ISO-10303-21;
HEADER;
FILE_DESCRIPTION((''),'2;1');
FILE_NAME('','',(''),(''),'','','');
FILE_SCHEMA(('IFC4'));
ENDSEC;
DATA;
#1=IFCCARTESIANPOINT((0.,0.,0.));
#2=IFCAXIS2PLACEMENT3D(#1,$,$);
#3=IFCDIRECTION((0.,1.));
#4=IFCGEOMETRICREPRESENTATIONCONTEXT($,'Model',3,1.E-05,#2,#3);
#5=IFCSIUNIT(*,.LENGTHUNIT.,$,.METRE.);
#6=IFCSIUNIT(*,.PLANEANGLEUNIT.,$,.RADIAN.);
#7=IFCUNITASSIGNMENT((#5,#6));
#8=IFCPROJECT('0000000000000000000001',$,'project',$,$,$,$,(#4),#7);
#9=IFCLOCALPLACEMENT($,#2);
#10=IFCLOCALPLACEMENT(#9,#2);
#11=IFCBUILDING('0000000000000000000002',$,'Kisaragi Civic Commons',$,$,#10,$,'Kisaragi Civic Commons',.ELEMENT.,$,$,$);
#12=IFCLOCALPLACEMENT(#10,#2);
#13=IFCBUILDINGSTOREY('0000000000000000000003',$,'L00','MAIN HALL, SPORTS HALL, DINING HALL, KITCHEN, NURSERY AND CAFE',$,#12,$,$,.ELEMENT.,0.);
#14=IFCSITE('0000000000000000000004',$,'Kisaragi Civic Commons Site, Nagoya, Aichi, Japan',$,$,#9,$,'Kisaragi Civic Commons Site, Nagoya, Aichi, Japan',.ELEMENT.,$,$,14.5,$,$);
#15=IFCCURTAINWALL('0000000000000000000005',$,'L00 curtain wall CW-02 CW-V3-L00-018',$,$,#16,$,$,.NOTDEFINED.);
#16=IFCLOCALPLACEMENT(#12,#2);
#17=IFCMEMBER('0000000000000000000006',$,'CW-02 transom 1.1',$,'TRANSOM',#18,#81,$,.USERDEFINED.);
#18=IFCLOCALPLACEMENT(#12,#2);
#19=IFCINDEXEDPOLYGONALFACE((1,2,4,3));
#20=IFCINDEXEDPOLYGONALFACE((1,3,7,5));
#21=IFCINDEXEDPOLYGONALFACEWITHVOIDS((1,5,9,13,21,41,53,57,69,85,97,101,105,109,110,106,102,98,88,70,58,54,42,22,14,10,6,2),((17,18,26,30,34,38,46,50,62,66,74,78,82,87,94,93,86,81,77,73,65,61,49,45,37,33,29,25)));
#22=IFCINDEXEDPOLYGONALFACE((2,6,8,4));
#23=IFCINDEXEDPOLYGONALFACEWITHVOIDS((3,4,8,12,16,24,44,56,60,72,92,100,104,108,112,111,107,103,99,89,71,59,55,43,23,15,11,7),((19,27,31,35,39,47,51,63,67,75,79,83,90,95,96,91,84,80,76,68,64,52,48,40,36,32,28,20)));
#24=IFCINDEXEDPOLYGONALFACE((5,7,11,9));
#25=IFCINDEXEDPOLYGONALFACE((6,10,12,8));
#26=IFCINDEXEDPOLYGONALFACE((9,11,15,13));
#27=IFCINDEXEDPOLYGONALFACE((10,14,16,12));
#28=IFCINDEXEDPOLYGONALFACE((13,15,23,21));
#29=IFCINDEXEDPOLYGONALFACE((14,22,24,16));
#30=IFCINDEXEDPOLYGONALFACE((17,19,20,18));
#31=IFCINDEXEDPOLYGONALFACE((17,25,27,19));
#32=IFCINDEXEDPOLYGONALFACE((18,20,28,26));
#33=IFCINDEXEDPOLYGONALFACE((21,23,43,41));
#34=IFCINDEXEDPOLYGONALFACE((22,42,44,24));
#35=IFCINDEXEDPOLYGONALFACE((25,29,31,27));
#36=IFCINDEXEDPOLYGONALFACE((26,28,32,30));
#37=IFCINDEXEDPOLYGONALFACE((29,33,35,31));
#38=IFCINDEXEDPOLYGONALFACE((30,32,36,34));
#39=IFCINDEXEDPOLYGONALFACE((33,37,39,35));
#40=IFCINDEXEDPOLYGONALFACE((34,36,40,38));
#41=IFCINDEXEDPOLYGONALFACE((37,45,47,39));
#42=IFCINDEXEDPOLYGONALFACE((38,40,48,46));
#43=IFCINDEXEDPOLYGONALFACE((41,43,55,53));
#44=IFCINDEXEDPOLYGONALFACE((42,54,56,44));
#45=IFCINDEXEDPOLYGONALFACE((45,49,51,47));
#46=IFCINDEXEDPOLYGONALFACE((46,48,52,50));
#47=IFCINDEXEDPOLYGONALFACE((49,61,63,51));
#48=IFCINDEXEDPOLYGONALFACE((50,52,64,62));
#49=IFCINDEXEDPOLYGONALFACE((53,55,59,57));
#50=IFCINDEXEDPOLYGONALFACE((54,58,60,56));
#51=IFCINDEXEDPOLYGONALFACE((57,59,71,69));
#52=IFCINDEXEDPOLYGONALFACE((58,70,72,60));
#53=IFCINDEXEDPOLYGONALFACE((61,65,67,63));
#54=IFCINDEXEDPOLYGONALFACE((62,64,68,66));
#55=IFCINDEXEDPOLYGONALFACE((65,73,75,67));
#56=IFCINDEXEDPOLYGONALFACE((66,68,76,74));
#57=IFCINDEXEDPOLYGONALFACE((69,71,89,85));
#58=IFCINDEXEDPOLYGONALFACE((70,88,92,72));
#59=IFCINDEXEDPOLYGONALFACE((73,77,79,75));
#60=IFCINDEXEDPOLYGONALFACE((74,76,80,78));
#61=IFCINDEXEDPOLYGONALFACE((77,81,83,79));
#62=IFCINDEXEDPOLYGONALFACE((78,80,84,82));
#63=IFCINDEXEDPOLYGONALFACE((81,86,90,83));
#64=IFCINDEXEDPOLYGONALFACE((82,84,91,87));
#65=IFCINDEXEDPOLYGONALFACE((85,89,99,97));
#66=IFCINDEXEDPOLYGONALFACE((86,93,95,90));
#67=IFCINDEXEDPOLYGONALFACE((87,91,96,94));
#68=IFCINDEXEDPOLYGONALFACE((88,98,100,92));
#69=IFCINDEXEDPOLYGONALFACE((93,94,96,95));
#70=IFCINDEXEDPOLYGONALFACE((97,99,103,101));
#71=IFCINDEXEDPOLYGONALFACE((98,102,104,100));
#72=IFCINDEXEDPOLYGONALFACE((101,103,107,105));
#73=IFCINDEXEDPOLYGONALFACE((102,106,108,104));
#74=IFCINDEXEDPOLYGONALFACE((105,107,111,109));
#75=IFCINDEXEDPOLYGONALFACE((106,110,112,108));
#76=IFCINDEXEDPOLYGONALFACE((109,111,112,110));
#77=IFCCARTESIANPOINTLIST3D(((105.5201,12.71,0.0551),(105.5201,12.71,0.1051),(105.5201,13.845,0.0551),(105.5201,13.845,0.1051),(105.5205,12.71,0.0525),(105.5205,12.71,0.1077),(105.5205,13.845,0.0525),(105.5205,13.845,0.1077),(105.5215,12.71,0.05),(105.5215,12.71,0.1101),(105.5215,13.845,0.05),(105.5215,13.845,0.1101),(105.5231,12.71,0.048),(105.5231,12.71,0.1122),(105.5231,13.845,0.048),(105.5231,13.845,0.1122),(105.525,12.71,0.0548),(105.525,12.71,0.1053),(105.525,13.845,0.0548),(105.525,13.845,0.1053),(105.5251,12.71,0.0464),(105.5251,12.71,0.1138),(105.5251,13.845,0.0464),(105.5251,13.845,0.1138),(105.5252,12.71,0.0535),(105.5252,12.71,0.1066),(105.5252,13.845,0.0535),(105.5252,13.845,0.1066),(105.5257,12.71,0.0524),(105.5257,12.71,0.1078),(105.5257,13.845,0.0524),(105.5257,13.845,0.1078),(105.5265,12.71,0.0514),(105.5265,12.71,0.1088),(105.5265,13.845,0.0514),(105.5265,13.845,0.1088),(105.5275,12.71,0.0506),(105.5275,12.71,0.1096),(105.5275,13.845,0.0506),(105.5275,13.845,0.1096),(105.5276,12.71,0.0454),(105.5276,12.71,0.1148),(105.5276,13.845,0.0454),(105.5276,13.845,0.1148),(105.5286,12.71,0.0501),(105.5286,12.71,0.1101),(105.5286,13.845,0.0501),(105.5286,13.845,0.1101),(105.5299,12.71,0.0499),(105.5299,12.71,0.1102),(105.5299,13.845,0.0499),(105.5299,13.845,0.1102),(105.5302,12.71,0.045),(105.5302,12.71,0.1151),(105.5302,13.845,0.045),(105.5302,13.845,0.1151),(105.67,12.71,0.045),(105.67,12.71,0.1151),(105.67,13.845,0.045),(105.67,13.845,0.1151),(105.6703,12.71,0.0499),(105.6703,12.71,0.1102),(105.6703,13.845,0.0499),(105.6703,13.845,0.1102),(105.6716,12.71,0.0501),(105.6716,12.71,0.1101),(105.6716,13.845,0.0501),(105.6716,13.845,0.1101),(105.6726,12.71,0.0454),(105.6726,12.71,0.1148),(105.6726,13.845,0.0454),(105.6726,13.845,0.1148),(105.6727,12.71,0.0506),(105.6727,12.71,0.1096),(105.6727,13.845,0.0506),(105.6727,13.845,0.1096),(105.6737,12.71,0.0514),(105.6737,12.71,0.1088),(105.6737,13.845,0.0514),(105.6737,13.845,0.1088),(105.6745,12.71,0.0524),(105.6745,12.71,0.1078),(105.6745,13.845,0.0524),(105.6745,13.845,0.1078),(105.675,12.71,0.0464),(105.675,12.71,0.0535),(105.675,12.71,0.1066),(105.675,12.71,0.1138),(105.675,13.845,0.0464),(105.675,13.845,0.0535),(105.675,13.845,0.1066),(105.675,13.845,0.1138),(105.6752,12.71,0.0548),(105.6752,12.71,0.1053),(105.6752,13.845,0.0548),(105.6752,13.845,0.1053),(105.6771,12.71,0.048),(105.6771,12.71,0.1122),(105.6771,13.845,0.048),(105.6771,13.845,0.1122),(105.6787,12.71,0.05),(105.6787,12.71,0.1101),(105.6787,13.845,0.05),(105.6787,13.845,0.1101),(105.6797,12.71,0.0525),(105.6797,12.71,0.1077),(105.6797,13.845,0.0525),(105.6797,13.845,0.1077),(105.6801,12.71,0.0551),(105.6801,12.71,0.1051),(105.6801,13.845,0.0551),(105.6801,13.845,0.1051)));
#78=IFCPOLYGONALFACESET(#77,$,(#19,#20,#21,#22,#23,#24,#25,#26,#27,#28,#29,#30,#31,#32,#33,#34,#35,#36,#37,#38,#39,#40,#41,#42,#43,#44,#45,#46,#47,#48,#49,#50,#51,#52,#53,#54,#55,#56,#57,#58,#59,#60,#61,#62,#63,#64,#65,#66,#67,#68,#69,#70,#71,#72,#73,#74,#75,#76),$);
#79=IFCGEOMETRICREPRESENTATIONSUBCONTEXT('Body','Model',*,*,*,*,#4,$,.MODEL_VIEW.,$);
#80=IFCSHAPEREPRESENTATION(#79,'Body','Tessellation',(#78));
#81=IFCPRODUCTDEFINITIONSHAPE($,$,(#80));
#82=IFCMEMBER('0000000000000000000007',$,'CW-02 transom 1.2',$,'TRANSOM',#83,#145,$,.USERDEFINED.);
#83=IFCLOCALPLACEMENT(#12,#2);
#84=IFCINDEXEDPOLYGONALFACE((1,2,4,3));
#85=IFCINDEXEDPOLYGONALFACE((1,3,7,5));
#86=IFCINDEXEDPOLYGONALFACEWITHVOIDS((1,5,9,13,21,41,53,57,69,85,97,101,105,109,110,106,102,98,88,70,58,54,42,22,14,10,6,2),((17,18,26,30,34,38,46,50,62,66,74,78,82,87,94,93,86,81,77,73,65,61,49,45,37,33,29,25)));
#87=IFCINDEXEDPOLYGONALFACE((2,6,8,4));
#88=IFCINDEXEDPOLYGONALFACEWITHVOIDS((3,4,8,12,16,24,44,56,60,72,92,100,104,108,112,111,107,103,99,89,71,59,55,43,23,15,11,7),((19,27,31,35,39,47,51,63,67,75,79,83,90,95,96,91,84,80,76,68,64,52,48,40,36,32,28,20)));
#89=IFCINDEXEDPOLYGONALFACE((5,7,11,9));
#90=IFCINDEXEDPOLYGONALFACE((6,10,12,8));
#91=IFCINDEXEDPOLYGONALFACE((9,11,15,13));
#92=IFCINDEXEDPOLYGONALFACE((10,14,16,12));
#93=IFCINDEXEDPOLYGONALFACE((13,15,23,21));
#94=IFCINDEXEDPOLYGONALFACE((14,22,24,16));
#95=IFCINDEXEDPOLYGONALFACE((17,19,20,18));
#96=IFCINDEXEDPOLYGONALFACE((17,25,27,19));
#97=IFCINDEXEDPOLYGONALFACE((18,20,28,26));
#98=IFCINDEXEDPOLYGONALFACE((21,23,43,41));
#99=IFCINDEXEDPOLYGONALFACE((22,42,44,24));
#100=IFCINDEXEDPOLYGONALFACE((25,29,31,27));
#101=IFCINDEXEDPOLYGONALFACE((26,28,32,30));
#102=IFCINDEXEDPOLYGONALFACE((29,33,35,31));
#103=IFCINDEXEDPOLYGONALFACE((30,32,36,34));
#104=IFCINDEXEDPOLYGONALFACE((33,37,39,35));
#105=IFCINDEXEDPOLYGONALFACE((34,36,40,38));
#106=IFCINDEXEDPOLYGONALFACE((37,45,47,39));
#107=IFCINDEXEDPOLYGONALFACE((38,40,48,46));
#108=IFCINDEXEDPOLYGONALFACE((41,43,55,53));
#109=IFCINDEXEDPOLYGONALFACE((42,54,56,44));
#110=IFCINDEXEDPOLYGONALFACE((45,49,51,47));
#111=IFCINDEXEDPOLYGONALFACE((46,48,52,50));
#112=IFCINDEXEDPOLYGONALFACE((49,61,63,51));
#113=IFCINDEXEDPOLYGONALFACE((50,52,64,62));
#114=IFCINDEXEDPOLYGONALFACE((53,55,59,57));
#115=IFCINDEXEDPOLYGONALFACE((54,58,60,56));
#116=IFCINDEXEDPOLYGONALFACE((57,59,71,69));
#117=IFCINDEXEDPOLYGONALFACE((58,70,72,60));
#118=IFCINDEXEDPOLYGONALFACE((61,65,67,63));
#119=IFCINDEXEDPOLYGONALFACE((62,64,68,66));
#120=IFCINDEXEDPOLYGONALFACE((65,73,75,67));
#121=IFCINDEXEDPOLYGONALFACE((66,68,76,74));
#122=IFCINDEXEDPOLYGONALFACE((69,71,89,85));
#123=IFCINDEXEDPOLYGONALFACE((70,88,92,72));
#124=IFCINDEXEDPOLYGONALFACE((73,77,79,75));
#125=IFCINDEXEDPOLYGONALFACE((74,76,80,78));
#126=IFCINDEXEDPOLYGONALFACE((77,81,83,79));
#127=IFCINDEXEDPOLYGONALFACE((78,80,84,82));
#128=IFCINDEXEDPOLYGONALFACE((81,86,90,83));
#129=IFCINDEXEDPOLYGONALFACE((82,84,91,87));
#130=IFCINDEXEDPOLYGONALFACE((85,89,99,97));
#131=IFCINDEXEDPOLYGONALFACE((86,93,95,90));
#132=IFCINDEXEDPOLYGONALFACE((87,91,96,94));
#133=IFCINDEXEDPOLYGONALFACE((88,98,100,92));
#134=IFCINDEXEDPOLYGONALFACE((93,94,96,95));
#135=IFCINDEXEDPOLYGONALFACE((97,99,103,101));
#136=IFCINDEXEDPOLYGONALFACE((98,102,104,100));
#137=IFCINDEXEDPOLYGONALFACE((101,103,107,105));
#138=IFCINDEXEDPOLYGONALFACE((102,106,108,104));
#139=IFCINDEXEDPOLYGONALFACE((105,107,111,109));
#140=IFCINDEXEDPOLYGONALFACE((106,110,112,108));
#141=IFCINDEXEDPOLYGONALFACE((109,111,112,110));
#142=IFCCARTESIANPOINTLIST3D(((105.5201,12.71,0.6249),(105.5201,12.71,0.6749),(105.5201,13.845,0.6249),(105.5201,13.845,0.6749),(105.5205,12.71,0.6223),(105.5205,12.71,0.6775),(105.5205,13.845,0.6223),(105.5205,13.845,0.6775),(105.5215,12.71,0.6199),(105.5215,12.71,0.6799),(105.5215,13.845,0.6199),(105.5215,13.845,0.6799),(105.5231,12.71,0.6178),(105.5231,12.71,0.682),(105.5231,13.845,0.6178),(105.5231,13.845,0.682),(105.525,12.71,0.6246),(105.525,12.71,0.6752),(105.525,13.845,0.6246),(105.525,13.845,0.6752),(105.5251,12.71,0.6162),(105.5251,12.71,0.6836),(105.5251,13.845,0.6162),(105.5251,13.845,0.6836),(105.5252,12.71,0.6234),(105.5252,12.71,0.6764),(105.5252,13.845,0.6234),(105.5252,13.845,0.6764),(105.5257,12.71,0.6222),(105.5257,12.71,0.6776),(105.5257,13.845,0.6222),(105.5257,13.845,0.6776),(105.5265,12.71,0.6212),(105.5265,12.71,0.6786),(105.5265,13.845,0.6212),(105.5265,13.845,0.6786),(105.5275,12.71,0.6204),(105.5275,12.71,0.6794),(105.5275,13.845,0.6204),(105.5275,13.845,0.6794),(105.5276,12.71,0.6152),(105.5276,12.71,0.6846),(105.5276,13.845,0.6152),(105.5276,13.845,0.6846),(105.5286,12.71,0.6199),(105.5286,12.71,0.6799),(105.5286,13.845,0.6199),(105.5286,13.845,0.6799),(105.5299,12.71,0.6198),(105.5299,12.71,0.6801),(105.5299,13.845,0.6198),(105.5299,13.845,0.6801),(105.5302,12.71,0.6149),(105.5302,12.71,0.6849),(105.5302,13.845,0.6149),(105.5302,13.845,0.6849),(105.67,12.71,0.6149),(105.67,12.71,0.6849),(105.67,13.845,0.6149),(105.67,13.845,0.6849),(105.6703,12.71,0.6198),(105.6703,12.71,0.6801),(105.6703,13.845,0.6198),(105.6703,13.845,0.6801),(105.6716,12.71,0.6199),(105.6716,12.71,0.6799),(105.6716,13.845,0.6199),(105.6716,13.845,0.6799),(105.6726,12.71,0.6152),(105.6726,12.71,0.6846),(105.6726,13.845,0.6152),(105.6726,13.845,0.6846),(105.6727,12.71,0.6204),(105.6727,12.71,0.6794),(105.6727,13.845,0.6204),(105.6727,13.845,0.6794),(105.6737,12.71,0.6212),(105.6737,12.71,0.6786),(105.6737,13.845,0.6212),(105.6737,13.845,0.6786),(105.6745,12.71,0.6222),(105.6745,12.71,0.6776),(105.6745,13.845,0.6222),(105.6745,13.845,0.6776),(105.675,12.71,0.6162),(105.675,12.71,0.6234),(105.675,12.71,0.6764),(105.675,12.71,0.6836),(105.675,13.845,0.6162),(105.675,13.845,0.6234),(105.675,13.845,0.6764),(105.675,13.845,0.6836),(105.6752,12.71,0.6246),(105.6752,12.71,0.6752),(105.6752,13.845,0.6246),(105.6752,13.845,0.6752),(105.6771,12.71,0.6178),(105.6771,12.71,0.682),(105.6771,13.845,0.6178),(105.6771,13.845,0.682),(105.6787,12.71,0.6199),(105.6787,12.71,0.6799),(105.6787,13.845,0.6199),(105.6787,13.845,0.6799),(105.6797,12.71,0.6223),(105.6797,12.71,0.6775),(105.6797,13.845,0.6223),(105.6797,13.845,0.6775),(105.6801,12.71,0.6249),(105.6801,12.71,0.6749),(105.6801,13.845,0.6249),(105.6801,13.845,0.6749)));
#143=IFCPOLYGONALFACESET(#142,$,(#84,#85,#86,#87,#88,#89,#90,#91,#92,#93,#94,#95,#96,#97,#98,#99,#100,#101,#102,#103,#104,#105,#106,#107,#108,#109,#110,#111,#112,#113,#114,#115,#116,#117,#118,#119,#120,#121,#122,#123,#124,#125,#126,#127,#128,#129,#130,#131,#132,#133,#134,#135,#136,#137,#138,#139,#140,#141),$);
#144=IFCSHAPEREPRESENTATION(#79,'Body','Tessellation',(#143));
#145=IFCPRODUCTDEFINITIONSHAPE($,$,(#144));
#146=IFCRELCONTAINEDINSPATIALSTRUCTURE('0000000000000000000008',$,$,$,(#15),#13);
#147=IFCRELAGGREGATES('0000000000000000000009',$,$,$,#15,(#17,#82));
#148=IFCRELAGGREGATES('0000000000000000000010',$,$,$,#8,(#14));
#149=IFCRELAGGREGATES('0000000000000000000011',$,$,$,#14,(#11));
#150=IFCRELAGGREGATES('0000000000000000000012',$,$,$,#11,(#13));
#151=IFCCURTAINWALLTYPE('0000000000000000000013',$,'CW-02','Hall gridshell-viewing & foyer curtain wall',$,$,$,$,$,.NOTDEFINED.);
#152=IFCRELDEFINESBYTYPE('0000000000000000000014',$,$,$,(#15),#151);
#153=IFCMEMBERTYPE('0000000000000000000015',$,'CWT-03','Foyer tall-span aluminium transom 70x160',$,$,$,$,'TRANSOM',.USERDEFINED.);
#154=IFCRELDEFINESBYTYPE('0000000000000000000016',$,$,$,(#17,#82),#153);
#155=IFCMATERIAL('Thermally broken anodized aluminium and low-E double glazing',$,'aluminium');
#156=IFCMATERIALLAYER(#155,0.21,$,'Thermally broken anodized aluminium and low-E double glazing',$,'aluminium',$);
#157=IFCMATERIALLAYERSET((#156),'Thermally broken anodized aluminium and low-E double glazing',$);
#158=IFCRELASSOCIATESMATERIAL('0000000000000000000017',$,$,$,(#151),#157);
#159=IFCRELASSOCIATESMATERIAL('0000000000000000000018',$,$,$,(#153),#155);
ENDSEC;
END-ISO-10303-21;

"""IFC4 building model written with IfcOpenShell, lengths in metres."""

from ifc_helpers import new_model, si_unit, direction, frame, origin, origin_2d, place, context, subcontext, project, spatial, hollow_rectangle, extrude, material, layer, layer_set, material_profile, profile_set, type_object, element, aggregate, save


model = new_model("IFC4")

# Units and contexts
model_context = context("Model", 3, precision=1e-05, world=origin(), true_north=direction((0.0, 1.0)))
body_context = subcontext(model_context, "Body", "Model", "MODEL_VIEW")
ifc_project = project(units=[si_unit("LENGTHUNIT", "METRE"), si_unit("PLANEANGLEUNIT", "RADIAN")], contexts=[model_context])

# Site, building, storey
site_placement = place(None, origin())
site = spatial("IfcSite", under=ifc_project, at=site_placement, Name="Kisaragi Civic Commons Site, Nagoya, Aichi, Japan", LongName="Kisaragi Civic Commons Site, Nagoya, Aichi, Japan", CompositionType="ELEMENT", RefElevation=14.5)
building_placement = place(site_placement, origin())
building = spatial("IfcBuilding", under=site, at=building_placement, Name="Kisaragi Civic Commons", LongName="Kisaragi Civic Commons", CompositionType="ELEMENT")
storey_placement = place(building_placement, origin())
storey = spatial("IfcBuildingStorey", under=building, at=storey_placement, Name="L00", Description="MAIN HALL, SPORTS HALL, DINING HALL, KITCHEN, NURSERY AND CAFE", CompositionType="ELEMENT", Elevation=0.0)

# Shared definitions
ifc_material_1 = material(Name="Thermally broken anodized aluminium and low-E double glazing", Category="aluminium")
ifc_layer_1 = layer(ifc_material_1, 0.21, Name="Thermally broken anodized aluminium and low-E double glazing", Category="aluminium")
ifc_layer_set_1 = layer_set([ifc_layer_1], Name="Thermally broken anodized aluminium and low-E double glazing")
curtain_wall_type = type_object("IfcCurtainWallType", Name="CW-02", Description="Hall gridshell-viewing & foyer curtain wall", PredefinedType="NOTDEFINED", material=ifc_layer_set_1)

# Curtain wall
curtain_wall_1_placement = place(storey_placement, origin())
curtain_wall_1 = element("IfcCurtainWall", 1, at=curtain_wall_1_placement, inside=storey, type_object=curtain_wall_type, Name="L00 curtain wall CW-02 CW-V3-L00-018", PredefinedType="NOTDEFINED")

# Members
ifc_material_profile_1 = material_profile(ifc_material_1, hollow_rectangle(XDim=0.1599, YDim=0.0701, WallThickness=0.0049, InnerFilletRadius=0.0049, OuterFilletRadius=0.01, at=origin_2d()), Name="CWT-70x160x5", Category="aluminium")
ifc_profile_set_1 = profile_set([ifc_material_profile_1], Name="Thermally broken anodized aluminium and low-E double glazing")
member_type_1 = type_object("IfcMemberType", Name="CWT-03", Description="Foyer tall-span aluminium transom 70x160", ElementType="TRANSOM", PredefinedType="USERDEFINED", material=ifc_profile_set_1)
member_1_placement = place(storey_placement, frame((105.6001, 12.71, 0.0801), z_axis=(0.0, 1.0, 0.0), x_axis=(-1.0, 0.0, 0.0)))
member_1 = element("IfcMember", 2, at=member_1_placement, type_object=member_type_1, Name="CW-02 transom 1.1", ObjectType="TRANSOM", PredefinedType="USERDEFINED", context=body_context, shape_type="SweptSolid", body=[
    extrude(hollow_rectangle(XDim=0.1599, YDim=0.0701, WallThickness=0.0049, InnerFilletRadius=0.0049, OuterFilletRadius=0.01, at=origin_2d()), origin(), (0.0, 0.0, 1.0), 1.135),
])
member_2_placement = place(storey_placement, frame((105.6001, 12.71, 0.6499), z_axis=(0.0, 1.0, 0.0), x_axis=(-1.0, 0.0, 0.0)))
member_2 = element("IfcMember", 3, at=member_2_placement, type_object=member_type_1, Name="CW-02 transom 1.2", ObjectType="TRANSOM", PredefinedType="USERDEFINED", context=body_context, shape_type="SweptSolid", body=[
    extrude(hollow_rectangle(XDim=0.1599, YDim=0.0701, WallThickness=0.0049, InnerFilletRadius=0.0049, OuterFilletRadius=0.01, at=origin_2d()), origin(), (0.0, 0.0, 1.0), 1.135),
])
aggregate(curtain_wall_1, [member_1, member_2])

save(model, "model.ifc")
